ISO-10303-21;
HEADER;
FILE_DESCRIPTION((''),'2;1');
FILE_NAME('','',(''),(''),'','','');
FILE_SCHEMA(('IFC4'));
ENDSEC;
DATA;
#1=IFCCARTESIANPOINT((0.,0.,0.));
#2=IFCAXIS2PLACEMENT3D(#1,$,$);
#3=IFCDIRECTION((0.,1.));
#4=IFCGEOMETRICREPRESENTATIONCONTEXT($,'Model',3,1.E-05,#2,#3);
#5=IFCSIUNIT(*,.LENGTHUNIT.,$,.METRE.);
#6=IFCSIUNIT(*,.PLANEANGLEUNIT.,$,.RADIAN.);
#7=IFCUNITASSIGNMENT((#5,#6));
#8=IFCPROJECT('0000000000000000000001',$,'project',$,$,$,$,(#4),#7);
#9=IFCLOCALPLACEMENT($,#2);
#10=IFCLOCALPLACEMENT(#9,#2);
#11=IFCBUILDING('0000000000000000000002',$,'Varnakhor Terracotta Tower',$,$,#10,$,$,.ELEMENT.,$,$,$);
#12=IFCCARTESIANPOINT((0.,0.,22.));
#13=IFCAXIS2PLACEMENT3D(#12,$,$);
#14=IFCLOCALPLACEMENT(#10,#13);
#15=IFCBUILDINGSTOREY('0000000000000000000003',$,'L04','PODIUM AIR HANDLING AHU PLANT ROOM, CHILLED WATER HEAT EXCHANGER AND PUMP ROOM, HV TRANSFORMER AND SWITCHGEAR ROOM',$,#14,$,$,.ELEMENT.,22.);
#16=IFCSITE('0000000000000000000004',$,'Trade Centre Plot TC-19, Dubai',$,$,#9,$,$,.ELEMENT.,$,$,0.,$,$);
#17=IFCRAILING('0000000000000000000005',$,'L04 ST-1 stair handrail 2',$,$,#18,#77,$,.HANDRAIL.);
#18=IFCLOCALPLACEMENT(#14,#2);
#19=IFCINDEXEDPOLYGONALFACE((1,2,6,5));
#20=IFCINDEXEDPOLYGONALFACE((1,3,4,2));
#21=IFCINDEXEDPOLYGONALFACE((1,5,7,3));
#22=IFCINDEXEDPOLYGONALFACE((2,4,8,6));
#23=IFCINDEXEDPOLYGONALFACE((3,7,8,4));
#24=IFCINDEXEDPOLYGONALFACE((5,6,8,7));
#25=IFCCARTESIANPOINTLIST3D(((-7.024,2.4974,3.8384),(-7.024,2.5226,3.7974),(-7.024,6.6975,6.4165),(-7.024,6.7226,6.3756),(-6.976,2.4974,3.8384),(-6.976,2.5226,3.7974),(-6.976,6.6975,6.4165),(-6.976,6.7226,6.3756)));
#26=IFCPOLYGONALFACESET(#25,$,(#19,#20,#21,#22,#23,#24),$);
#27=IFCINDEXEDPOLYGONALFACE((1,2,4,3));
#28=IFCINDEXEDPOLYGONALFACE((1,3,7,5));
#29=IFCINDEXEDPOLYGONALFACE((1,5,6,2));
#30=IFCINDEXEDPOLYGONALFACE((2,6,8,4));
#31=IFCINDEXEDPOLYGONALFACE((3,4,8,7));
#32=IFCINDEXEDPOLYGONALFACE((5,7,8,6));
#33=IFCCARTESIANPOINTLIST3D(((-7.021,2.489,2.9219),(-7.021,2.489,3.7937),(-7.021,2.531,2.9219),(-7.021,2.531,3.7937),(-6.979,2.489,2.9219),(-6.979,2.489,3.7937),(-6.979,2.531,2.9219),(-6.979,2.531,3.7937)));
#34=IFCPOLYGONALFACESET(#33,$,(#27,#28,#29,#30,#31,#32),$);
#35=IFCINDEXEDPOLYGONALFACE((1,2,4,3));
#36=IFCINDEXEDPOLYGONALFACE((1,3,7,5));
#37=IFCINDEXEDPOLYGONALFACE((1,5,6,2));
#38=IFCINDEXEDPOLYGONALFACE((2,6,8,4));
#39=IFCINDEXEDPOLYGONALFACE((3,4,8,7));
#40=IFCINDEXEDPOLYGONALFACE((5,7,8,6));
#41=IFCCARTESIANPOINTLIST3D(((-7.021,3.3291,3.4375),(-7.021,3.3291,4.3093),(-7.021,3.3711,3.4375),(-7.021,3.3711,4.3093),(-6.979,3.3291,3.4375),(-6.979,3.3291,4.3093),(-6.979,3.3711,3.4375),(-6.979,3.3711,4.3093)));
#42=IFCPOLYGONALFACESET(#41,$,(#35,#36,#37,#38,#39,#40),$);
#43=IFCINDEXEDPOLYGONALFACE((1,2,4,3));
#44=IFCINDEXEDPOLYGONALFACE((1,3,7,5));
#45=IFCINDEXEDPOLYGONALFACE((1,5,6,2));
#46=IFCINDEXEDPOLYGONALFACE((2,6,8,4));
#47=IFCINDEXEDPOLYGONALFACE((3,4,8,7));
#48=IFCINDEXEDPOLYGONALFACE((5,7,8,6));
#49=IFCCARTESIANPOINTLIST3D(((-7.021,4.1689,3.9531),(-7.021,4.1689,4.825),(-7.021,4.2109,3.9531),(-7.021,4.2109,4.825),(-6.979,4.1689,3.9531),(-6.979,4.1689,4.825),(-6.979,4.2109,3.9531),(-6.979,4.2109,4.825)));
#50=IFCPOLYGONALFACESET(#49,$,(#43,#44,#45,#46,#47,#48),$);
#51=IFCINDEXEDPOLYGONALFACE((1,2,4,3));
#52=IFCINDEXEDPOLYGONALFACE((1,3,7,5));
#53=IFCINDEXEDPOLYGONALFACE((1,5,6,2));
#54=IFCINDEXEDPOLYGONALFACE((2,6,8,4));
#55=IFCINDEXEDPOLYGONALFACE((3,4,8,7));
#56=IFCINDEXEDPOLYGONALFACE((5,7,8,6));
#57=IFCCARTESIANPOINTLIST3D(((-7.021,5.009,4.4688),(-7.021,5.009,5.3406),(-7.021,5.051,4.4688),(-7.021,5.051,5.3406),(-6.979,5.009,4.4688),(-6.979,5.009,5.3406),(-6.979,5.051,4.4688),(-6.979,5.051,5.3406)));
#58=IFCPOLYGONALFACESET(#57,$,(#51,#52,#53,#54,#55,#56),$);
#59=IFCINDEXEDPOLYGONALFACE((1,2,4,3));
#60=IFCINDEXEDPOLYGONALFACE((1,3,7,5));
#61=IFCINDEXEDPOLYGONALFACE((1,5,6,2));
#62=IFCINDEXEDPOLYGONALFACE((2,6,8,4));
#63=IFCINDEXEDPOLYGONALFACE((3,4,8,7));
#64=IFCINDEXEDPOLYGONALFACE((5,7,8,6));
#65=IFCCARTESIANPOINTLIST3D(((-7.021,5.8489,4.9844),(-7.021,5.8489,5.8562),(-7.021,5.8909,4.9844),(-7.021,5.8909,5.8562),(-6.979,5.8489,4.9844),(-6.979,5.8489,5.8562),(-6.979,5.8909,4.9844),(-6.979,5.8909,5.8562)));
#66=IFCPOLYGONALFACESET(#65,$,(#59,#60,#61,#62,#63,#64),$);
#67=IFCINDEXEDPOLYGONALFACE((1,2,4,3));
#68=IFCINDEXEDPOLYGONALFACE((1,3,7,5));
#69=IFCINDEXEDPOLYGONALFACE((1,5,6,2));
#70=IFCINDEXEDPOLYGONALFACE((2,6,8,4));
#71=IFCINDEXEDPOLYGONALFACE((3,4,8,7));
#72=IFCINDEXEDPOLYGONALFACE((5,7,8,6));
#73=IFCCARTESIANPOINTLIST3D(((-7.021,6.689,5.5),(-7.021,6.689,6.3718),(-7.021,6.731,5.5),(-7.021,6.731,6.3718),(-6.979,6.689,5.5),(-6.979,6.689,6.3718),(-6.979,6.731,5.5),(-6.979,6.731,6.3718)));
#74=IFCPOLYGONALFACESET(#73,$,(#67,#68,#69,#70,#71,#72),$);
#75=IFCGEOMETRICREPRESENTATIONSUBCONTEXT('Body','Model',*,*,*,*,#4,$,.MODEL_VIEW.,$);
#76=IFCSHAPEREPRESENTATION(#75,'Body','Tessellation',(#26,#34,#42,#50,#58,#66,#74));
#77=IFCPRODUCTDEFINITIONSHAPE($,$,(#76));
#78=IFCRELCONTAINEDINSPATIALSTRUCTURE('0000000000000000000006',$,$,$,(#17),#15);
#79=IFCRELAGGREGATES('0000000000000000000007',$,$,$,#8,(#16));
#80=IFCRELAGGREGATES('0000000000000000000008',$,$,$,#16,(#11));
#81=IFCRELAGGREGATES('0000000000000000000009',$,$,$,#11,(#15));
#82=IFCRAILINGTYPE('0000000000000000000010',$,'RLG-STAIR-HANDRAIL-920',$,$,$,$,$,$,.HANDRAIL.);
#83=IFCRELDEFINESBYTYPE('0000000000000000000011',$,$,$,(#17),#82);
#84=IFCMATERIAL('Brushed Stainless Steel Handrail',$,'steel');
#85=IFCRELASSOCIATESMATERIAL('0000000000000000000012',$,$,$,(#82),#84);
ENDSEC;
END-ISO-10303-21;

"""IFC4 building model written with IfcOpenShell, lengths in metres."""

from ifc_helpers import new_model, si_unit, direction, frame, origin, origin_2d, place, context, subcontext, project, spatial, rectangle, extrude, material, type_object, element, save


model = new_model("IFC4")

# Units and contexts
model_context = context("Model", 3, precision=1e-05, world=origin(), true_north=direction((0.0, 1.0)))
body_context = subcontext(model_context, "Body", "Model", "MODEL_VIEW")
ifc_project = project(units=[si_unit("LENGTHUNIT", "METRE"), si_unit("PLANEANGLEUNIT", "RADIAN")], contexts=[model_context])

# Site, building, storey
site_placement = place(None, origin())
site = spatial("IfcSite", under=ifc_project, at=site_placement, Name="Trade Centre Plot TC-19, Dubai", CompositionType="ELEMENT", RefElevation=0.0)
building_placement = place(site_placement, origin())
building = spatial("IfcBuilding", under=site, at=building_placement, Name="Varnakhor Terracotta Tower", CompositionType="ELEMENT")
storey_placement = place(building_placement, frame((0.0, 0.0, 22.0)))
storey = spatial("IfcBuildingStorey", under=building, at=storey_placement, Name="L04", Description="PODIUM AIR HANDLING AHU PLANT ROOM, CHILLED WATER HEAT EXCHANGER AND PUMP ROOM, HV TRANSFORMER AND SWITCHGEAR ROOM", CompositionType="ELEMENT", Elevation=22.0)

# Railing
ifc_material_1 = material(Name="Brushed Stainless Steel Handrail", Category="steel")
railing_type_1 = type_object("IfcRailingType", Name="RLG-STAIR-HANDRAIL-920", PredefinedType="HANDRAIL", material=ifc_material_1)
railing_1_placement = place(storey_placement, frame((-7.0, 2.51, 2.9219)))
element("IfcRailing", 1, at=railing_1_placement, inside=storey, type_object=railing_type_1, Name="L04 ST-1 stair handrail 2", PredefinedType="HANDRAIL", context=body_context, shape_type="SweptSolid", body=[
    extrude(rectangle(XDim=0.0481, YDim=0.0481, at=origin_2d()), frame((0.0, 0.0, 0.896), z_axis=(0.0, 0.852243, 0.523146), x_axis=(-1.0, 0.0, 0.0)), (0.0, 0.0, 1.0), 4.9282),
    extrude(rectangle(XDim=0.042, YDim=0.042, at=origin_2d()), origin(), (0.0, 0.0, 1.0), 0.8718),
    extrude(rectangle(XDim=0.042, YDim=0.042, at=origin_2d()), frame((0.0, 0.8401, 0.5156)), (0.0, 0.0, 1.0), 0.8718),
    extrude(rectangle(XDim=0.042, YDim=0.042, at=origin_2d()), frame((0.0, 1.6799, 1.0312)), (0.0, 0.0, 1.0), 0.8718),
    extrude(rectangle(XDim=0.042, YDim=0.042, at=origin_2d()), frame((0.0, 2.52, 1.5469)), (0.0, 0.0, 1.0), 0.8718),
    extrude(rectangle(XDim=0.042, YDim=0.042, at=origin_2d()), frame((0.0, 3.3599, 2.0625)), (0.0, 0.0, 1.0), 0.8718),
    extrude(rectangle(XDim=0.042, YDim=0.042, at=origin_2d()), frame((0.0, 4.2, 2.5781)), (0.0, 0.0, 1.0), 0.8718),
])

save(model, "model.ifc")
